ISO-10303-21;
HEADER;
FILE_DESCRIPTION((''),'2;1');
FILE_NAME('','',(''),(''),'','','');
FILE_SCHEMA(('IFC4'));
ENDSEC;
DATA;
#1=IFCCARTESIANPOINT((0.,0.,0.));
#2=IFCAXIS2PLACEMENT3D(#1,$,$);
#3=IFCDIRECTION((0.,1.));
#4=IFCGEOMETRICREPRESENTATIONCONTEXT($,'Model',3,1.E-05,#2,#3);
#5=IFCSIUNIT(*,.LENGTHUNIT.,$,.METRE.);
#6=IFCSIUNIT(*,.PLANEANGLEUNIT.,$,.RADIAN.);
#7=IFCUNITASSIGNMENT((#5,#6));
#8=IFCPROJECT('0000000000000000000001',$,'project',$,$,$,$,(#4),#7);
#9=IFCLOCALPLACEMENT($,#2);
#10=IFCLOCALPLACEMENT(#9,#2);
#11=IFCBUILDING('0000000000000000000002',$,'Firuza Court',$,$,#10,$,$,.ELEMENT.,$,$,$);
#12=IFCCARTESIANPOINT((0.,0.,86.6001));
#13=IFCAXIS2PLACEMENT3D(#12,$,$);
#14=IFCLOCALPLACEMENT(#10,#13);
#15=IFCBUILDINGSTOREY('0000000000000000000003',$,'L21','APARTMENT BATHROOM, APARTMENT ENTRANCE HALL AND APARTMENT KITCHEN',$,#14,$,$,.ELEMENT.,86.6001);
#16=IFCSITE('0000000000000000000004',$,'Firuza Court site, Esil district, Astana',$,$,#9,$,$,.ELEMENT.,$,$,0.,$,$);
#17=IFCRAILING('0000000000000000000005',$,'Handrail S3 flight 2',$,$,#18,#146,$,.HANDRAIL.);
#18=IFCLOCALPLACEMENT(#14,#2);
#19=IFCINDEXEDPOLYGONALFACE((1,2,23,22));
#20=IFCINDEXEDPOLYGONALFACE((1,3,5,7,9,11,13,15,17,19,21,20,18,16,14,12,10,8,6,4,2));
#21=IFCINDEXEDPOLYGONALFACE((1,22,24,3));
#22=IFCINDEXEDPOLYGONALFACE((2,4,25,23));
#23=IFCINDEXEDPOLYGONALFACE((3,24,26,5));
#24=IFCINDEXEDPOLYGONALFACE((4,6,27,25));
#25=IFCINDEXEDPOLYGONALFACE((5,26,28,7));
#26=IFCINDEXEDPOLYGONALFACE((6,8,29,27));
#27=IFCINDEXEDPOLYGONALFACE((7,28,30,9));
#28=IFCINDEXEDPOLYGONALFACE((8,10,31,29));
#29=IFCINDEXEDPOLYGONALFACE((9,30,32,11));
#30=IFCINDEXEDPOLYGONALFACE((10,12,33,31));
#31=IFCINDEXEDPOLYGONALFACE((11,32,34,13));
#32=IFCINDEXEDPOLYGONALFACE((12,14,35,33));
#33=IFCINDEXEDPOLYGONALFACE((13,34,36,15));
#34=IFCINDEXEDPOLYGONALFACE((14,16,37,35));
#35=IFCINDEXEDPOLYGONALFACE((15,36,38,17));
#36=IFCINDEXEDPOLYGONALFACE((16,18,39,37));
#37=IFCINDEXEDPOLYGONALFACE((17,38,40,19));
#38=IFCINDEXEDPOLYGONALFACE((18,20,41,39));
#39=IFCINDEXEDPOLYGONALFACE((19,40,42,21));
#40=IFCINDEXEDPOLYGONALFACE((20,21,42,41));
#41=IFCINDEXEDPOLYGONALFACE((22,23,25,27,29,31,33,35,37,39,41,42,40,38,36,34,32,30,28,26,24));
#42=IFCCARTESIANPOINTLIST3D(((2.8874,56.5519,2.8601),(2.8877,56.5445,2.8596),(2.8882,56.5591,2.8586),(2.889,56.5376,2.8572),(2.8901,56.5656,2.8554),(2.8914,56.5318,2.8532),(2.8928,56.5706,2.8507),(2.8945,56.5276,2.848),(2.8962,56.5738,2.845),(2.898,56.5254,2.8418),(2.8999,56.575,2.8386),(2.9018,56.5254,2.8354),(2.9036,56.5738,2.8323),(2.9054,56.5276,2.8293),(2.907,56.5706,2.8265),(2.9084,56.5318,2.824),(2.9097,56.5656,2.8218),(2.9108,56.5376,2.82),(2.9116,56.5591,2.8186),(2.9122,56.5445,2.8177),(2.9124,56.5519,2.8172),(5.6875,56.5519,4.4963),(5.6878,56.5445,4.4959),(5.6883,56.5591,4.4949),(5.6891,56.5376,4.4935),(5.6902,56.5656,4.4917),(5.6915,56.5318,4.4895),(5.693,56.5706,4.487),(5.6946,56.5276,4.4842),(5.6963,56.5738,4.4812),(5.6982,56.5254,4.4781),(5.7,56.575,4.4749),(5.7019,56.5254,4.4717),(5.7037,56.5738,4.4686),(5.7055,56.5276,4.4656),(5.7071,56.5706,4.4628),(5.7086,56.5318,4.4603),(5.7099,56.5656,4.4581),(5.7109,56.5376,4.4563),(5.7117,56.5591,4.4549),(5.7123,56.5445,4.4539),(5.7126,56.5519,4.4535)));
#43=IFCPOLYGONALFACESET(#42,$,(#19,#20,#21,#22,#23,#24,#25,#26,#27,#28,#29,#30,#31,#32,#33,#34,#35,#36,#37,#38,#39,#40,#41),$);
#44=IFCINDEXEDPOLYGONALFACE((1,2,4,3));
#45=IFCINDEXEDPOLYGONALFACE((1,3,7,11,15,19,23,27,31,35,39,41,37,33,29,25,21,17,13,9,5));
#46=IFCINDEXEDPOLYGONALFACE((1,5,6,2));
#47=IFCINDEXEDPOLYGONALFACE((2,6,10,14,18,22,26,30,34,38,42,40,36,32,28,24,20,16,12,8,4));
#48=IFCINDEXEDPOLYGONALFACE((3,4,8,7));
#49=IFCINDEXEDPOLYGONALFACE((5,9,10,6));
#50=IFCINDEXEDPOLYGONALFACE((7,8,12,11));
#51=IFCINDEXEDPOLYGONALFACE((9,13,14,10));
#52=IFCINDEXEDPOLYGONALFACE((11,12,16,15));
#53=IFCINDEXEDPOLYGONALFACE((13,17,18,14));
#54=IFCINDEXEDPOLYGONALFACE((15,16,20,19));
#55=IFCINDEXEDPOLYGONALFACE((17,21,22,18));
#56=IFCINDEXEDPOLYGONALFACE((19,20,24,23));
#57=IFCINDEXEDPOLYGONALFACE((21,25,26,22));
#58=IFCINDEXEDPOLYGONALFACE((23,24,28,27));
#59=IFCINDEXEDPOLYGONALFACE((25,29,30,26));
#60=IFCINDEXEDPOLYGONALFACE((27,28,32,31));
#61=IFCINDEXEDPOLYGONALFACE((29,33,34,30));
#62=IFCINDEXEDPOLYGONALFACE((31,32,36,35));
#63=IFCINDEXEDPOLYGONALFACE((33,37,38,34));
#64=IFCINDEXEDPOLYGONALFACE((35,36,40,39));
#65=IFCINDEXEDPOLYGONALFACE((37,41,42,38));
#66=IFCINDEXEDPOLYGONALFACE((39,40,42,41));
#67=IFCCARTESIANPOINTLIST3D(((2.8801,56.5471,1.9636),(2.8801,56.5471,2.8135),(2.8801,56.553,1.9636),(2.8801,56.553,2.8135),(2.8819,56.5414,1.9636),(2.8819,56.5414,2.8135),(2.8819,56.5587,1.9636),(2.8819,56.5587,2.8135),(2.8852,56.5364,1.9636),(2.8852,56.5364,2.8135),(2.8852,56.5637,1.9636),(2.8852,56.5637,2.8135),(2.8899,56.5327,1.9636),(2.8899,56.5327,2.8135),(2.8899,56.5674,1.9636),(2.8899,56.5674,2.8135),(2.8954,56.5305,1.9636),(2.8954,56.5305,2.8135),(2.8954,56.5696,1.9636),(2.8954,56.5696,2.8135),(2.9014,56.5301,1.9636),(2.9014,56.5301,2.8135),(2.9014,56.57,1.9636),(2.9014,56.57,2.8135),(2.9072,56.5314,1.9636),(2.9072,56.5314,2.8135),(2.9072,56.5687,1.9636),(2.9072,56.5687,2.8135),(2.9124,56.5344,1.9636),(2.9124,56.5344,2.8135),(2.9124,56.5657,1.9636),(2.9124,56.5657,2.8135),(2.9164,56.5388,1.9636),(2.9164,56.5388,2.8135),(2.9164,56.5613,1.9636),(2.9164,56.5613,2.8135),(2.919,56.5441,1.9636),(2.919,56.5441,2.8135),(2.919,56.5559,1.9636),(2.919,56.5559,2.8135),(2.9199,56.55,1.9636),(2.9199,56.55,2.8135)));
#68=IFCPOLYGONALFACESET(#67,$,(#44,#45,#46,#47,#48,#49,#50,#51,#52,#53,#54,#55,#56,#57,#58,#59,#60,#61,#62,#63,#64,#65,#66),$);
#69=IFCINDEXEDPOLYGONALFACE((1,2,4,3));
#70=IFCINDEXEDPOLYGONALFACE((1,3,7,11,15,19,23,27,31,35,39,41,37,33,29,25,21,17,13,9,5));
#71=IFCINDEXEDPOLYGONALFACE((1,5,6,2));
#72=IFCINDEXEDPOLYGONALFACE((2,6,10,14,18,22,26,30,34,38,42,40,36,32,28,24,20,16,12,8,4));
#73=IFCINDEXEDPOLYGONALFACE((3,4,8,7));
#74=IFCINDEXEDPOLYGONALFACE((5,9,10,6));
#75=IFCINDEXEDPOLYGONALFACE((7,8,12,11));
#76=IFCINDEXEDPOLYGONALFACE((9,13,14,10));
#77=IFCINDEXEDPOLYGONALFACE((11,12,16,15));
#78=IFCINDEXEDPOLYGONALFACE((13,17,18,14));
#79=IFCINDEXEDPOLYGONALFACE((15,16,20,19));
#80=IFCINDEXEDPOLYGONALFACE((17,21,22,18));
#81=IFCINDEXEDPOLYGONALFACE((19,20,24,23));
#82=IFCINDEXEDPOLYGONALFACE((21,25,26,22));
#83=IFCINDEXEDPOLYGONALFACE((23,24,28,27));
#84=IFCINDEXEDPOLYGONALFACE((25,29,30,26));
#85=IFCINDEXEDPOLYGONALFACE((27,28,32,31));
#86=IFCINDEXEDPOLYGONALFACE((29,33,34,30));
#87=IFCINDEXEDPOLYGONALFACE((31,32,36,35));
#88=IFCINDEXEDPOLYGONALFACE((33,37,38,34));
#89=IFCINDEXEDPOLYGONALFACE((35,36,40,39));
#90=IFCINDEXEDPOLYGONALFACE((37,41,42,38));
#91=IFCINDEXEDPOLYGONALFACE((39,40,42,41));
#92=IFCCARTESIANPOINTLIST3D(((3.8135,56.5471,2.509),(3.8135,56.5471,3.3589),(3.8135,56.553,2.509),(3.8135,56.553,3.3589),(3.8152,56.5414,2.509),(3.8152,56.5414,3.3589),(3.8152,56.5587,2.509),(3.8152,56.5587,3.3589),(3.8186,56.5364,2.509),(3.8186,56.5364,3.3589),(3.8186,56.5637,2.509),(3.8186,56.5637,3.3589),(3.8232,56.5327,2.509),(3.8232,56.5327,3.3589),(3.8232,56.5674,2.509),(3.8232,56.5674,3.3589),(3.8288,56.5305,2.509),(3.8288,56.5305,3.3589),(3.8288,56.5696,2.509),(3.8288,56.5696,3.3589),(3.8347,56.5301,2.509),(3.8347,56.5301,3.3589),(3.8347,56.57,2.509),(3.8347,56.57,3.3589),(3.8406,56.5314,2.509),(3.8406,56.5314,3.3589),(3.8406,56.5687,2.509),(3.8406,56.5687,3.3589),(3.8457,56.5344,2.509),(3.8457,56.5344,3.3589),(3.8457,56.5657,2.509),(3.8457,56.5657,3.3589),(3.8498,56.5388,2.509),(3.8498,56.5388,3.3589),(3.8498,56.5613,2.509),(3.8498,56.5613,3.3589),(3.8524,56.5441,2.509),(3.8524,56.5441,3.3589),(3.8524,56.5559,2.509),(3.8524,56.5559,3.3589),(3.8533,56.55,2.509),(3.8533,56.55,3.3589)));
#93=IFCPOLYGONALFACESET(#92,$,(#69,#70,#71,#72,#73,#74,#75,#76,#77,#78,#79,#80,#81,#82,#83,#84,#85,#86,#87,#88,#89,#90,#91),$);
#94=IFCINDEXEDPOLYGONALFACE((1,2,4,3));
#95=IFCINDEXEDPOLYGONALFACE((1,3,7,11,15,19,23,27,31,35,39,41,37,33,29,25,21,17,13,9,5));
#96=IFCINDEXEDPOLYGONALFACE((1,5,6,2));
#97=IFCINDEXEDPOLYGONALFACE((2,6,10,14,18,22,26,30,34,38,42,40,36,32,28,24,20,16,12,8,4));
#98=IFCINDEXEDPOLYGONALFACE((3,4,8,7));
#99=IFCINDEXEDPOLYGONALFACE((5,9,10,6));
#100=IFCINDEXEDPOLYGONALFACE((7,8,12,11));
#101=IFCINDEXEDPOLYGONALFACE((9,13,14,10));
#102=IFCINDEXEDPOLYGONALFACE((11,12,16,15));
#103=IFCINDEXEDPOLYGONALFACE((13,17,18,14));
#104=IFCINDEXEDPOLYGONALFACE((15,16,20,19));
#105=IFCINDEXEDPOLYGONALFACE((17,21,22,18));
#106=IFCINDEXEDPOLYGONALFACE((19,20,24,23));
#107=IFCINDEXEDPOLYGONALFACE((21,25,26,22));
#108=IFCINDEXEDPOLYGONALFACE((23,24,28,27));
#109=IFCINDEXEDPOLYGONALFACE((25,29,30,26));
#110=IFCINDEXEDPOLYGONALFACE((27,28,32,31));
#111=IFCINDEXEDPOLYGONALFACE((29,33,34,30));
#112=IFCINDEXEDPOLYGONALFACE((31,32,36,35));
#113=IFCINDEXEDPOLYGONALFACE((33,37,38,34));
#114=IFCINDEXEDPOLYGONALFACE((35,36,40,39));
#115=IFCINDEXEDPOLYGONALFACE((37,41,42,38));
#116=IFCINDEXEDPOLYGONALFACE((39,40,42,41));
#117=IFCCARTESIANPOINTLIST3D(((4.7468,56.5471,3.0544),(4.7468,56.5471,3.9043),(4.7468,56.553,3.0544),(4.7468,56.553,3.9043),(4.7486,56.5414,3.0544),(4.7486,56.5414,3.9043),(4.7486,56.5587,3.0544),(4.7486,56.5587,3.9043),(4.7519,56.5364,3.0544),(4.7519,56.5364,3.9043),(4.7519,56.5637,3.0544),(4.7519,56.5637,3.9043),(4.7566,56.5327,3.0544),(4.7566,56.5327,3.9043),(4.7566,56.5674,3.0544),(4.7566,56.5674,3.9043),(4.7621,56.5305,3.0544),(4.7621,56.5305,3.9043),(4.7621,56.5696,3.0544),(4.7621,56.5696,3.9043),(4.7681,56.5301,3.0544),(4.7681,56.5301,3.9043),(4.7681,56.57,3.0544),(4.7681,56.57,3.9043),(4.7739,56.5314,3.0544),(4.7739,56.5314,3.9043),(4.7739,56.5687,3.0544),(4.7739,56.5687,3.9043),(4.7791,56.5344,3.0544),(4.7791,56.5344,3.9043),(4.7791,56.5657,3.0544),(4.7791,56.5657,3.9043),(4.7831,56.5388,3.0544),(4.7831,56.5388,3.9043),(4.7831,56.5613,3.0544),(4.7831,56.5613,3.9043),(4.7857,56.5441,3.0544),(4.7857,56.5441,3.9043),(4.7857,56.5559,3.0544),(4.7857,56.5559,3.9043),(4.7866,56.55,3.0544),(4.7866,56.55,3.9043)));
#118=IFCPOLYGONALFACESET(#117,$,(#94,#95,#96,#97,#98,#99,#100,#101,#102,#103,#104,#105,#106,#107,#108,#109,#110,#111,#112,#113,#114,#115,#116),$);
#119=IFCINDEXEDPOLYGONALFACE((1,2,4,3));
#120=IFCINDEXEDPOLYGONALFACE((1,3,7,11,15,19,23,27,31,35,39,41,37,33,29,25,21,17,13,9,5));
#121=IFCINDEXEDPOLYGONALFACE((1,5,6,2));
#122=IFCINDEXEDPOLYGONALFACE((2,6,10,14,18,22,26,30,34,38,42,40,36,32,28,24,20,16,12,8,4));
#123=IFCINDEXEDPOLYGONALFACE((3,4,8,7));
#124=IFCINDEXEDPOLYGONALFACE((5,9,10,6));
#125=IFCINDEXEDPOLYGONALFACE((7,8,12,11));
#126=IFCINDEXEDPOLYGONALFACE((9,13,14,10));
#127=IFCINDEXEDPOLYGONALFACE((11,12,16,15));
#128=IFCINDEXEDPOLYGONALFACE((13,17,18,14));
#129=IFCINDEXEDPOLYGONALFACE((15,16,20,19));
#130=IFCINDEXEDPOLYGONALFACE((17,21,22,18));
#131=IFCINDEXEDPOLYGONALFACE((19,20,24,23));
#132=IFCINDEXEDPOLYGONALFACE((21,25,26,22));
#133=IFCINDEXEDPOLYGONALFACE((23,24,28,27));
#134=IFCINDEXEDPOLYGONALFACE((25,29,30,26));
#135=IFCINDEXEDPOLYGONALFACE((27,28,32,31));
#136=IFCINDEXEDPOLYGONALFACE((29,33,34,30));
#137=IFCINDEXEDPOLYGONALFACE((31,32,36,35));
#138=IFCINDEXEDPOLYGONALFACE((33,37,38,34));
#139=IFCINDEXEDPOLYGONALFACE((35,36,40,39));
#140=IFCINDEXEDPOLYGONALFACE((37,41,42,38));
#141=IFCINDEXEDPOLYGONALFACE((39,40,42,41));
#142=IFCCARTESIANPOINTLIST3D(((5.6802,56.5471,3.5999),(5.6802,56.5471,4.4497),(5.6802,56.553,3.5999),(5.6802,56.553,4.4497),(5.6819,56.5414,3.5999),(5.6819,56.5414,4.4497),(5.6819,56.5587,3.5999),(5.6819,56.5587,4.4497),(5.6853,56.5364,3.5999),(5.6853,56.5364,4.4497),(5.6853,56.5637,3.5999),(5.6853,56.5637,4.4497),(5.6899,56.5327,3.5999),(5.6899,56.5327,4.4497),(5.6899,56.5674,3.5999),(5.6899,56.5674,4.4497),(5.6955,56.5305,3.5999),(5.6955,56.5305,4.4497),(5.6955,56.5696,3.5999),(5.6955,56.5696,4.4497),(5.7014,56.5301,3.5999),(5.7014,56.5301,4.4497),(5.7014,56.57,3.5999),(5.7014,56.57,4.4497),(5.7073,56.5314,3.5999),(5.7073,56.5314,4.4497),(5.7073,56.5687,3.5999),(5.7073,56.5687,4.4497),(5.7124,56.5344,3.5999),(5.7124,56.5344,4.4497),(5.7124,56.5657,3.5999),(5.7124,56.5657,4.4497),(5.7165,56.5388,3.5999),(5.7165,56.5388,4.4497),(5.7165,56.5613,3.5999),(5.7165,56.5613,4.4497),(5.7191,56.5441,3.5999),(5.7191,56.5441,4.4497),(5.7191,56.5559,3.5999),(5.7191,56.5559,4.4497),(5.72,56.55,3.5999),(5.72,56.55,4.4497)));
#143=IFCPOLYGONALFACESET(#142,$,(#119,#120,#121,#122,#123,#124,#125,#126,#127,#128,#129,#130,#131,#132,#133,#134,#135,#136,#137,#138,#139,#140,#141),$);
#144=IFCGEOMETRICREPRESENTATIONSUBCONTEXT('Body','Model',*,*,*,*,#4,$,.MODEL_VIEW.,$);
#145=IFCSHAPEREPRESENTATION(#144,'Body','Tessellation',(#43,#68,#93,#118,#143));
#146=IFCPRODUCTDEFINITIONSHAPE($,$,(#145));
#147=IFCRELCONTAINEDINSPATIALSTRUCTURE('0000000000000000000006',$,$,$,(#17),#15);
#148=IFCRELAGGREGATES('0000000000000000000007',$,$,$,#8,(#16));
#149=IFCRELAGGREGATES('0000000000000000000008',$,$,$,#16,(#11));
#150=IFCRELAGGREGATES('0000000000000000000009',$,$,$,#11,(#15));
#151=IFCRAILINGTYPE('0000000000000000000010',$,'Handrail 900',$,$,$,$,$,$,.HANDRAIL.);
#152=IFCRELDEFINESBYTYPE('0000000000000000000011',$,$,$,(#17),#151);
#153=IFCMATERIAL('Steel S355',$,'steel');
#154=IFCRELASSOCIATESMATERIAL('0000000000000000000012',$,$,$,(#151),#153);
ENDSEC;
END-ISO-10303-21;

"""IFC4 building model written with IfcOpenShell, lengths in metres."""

from ifc_helpers import new_model, si_unit, direction, frame, origin, origin_2d, place, context, subcontext, project, spatial, circle, extrude, material, type_object, element, save


model = new_model("IFC4")

# Units and contexts
model_context = context("Model", 3, precision=1e-05, world=origin(), true_north=direction((0.0, 1.0)))
body_context = subcontext(model_context, "Body", "Model", "MODEL_VIEW")
ifc_project = project(units=[si_unit("LENGTHUNIT", "METRE"), si_unit("PLANEANGLEUNIT", "RADIAN")], contexts=[model_context])

# Site, building, storey
site_placement = place(None, origin())
site = spatial("IfcSite", under=ifc_project, at=site_placement, Name="Firuza Court site, Esil district, Astana", CompositionType="ELEMENT", RefElevation=0.0)
building_placement = place(site_placement, origin())
building = spatial("IfcBuilding", under=site, at=building_placement, Name="Firuza Court", CompositionType="ELEMENT")
storey_placement = place(building_placement, frame((0.0, 0.0, 86.6001)))
storey = spatial("IfcBuildingStorey", under=building, at=storey_placement, Name="L21", Description="APARTMENT BATHROOM, APARTMENT ENTRANCE HALL AND APARTMENT KITCHEN", CompositionType="ELEMENT", Elevation=86.6001)

# Railing
ifc_material_1 = material(Name="Steel S355", Category="steel")
railing_type_1 = type_object("IfcRailingType", Name="Handrail 900", PredefinedType="HANDRAIL", material=ifc_material_1)
railing_1_placement = place(storey_placement, frame((2.8999, 56.55, 1.9636)))
element("IfcRailing", 1, at=railing_1_placement, inside=storey, type_object=railing_type_1, Name="Handrail S3 flight 2", PredefinedType="HANDRAIL", context=body_context, shape_type="SweptSolid", body=[
    extrude(circle(Radius=0.0249, at=origin_2d()), frame((0.0, 0.0, 0.875), z_axis=(0.863394, 0.0, 0.504531), x_axis=(0.0, 1.0, 0.0)), (0.0, 0.0, 1.0), 3.2432),
    extrude(circle(Radius=0.02, at=origin_2d()), origin(), (0.0, 0.0, 1.0), 0.8499),
    extrude(circle(Radius=0.02, at=origin_2d()), frame((0.9333, 0.0, 0.5454)), (0.0, 0.0, 1.0), 0.8499),
    extrude(circle(Radius=0.02, at=origin_2d()), frame((1.8667, 0.0, 1.0908)), (0.0, 0.0, 1.0), 0.8499),
    extrude(circle(Radius=0.02, at=origin_2d()), frame((2.8, 0.0, 1.6362)), (0.0, 0.0, 1.0), 0.8499),
])

save(model, "model.ifc")
